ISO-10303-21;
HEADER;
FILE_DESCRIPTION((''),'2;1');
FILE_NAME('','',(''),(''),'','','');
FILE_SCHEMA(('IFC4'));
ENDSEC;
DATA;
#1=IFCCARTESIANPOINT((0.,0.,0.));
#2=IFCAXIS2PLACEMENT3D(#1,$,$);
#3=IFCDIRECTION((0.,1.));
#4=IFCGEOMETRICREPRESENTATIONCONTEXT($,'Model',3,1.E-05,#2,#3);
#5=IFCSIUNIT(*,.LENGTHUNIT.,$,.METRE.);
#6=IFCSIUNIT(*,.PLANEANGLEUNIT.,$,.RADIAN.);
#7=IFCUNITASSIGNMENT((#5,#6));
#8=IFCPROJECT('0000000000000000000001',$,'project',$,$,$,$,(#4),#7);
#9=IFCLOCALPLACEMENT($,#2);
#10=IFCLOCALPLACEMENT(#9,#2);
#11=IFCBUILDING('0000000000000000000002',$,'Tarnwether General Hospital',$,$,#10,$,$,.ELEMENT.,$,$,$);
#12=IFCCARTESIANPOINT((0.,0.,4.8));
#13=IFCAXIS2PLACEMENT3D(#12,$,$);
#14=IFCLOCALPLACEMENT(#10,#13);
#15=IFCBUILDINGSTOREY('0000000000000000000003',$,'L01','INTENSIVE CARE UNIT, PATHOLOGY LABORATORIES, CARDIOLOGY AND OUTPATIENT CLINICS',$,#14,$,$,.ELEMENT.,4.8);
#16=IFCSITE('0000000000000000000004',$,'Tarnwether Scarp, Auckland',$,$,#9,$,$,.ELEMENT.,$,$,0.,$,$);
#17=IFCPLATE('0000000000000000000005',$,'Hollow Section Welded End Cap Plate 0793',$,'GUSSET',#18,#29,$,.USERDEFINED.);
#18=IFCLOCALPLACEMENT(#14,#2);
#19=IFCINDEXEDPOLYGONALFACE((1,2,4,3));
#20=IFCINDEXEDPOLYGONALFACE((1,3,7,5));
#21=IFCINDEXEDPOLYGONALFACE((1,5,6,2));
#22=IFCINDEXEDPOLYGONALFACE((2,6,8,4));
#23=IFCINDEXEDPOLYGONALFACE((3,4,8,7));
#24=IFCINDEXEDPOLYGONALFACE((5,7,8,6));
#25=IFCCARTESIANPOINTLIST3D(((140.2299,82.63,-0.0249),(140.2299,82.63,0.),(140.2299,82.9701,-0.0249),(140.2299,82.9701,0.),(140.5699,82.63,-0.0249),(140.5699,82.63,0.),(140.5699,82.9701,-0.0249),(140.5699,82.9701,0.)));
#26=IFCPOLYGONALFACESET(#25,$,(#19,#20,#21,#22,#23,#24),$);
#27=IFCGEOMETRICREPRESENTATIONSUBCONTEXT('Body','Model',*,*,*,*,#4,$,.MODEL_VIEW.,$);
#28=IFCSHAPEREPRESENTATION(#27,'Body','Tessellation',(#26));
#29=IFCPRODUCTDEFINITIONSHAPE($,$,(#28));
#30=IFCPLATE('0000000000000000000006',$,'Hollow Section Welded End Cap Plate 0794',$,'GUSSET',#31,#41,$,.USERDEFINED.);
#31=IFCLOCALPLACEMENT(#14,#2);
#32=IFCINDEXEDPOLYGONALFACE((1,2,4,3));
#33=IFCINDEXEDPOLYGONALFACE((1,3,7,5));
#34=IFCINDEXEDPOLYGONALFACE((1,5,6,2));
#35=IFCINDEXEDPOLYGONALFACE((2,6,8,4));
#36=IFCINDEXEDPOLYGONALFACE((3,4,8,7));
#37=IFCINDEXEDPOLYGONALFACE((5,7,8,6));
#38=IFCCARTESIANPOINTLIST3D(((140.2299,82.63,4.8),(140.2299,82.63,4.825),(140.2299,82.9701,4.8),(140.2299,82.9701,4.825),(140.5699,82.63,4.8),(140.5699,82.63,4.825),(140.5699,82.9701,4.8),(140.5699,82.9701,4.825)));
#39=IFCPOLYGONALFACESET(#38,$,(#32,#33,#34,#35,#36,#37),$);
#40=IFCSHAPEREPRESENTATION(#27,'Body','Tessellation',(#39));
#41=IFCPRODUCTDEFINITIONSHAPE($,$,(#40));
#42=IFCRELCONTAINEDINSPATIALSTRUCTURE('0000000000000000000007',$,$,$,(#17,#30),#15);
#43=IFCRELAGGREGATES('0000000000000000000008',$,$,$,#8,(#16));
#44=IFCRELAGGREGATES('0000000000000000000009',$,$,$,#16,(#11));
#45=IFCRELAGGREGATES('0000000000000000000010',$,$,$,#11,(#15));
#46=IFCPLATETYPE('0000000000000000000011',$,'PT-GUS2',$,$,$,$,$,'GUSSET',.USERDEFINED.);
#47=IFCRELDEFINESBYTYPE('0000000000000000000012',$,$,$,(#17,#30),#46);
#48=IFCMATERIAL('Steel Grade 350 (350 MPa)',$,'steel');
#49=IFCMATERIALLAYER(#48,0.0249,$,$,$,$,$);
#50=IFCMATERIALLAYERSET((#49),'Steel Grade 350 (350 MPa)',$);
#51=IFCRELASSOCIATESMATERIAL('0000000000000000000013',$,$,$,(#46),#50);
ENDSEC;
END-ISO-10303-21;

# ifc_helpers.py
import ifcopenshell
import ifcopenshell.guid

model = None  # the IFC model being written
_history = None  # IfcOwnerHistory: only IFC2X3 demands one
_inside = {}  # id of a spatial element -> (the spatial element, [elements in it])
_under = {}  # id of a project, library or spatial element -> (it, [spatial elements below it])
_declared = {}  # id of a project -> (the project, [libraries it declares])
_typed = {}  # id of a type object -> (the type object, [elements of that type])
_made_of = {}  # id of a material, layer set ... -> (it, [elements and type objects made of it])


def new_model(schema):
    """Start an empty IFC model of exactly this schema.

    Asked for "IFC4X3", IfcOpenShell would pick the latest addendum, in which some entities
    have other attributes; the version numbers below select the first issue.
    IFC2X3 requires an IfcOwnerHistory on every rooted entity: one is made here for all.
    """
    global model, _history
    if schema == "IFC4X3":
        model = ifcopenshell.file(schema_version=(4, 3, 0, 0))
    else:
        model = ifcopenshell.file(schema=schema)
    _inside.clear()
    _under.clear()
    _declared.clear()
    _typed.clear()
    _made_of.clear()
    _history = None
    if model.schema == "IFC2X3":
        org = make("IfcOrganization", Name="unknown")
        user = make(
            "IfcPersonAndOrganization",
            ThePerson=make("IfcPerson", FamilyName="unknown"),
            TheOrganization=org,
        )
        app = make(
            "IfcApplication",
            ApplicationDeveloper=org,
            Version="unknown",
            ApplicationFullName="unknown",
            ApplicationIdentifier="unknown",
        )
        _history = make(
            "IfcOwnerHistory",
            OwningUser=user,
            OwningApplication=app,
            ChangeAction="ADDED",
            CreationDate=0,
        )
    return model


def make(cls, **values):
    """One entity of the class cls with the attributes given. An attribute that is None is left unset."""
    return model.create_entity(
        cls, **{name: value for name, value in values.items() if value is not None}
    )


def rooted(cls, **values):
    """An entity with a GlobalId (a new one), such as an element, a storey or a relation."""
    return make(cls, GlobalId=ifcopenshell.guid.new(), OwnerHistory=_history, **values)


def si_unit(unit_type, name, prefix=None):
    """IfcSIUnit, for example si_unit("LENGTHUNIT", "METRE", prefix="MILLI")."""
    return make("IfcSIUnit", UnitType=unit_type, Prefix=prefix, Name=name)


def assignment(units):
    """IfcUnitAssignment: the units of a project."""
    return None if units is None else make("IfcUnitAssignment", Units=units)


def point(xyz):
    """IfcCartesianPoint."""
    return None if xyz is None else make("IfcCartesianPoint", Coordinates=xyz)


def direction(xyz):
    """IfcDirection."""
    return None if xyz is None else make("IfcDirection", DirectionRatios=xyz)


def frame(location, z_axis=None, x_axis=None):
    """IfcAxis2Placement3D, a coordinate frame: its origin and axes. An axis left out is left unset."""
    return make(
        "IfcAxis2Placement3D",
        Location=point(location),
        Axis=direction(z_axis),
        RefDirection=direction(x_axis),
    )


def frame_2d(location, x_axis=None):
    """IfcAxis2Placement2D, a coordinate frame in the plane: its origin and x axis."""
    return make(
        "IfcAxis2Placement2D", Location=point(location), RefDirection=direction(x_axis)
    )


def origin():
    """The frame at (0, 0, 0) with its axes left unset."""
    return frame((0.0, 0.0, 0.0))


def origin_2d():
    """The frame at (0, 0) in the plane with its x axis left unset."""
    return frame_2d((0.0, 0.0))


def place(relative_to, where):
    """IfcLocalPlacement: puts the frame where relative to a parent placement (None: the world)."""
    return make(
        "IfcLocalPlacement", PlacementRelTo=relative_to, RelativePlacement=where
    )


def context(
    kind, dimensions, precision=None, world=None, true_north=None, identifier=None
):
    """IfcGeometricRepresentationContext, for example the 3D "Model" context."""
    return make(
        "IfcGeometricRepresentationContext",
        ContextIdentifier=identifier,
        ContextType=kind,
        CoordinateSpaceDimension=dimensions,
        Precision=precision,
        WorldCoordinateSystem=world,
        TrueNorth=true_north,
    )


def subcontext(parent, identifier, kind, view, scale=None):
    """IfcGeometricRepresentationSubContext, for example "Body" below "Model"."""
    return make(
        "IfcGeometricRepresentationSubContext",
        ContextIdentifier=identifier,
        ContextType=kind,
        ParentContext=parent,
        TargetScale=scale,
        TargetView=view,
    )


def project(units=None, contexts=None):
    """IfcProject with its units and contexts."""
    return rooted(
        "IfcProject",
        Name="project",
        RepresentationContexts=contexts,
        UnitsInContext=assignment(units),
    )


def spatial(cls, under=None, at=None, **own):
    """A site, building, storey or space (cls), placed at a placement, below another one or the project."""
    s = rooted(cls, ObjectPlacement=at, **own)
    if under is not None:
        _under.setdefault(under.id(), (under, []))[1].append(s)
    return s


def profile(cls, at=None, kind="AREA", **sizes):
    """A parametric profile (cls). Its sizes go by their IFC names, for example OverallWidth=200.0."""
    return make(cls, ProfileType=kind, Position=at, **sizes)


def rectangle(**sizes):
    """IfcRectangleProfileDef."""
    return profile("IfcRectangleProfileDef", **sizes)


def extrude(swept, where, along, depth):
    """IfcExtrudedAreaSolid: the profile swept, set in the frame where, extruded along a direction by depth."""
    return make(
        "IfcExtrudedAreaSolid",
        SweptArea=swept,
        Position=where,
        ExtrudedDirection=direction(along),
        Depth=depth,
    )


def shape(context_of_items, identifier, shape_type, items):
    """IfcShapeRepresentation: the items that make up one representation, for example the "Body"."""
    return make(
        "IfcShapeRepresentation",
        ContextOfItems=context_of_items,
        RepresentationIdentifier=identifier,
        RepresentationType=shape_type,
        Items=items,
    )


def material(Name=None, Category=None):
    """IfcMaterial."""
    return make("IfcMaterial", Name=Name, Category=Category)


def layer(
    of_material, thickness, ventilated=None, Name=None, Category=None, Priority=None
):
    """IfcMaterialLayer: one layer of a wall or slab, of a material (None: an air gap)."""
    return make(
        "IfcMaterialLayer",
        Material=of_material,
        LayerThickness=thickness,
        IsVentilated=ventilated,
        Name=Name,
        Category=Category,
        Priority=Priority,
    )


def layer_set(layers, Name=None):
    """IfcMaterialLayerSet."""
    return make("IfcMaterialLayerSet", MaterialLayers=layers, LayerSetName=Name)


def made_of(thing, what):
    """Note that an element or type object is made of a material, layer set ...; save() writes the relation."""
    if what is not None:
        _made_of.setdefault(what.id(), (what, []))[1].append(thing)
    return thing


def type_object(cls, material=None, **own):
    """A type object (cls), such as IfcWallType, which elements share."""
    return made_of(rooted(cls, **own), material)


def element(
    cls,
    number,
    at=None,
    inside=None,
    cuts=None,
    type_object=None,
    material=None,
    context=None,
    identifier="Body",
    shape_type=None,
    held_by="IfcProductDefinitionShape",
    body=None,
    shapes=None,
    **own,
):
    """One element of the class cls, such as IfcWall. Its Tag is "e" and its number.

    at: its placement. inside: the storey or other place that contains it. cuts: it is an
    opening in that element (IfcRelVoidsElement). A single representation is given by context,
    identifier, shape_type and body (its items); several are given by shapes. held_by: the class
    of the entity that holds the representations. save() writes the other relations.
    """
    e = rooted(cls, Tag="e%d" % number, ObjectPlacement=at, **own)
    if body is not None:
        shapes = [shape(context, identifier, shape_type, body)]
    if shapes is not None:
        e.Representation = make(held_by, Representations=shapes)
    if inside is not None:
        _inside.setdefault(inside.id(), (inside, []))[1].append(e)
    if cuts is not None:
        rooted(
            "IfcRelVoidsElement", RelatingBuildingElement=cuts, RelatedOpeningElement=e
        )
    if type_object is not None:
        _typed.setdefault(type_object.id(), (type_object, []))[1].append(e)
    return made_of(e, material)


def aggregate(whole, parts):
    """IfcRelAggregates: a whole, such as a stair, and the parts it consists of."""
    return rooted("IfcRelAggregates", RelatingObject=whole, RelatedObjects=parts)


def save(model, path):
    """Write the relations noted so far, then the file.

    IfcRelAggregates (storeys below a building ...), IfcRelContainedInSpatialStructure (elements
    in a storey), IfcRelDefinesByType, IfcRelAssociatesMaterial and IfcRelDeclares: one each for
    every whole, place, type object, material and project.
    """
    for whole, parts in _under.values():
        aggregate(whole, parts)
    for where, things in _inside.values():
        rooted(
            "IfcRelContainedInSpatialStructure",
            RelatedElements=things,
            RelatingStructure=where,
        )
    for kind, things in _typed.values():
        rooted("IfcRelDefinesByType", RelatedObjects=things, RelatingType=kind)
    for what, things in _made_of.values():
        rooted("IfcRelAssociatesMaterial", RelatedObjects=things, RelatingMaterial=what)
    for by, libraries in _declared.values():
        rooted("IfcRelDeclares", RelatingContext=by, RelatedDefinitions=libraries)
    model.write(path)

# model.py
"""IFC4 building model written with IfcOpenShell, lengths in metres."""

from ifc_helpers import new_model, si_unit, direction, frame, origin, origin_2d, place, context, subcontext, project, spatial, rectangle, extrude, material, layer, layer_set, type_object, element, save


model = new_model("IFC4")

# Units and contexts
model_context = context("Model", 3, precision=1e-05, world=origin(), true_north=direction((0.0, 1.0)))
body_context = subcontext(model_context, "Body", "Model", "MODEL_VIEW")
ifc_project = project(units=[si_unit("LENGTHUNIT", "METRE"), si_unit("PLANEANGLEUNIT", "RADIAN")], contexts=[model_context])

# Site, building, storey
site_placement = place(None, origin())
site = spatial("IfcSite", under=ifc_project, at=site_placement, Name="Tarnwether Scarp, Auckland", CompositionType="ELEMENT", RefElevation=0.0)
building_placement = place(site_placement, origin())
building = spatial("IfcBuilding", under=site, at=building_placement, Name="Tarnwether General Hospital", CompositionType="ELEMENT")
storey_placement = place(building_placement, frame((0.0, 0.0, 4.8)))
storey = spatial("IfcBuildingStorey", under=building, at=storey_placement, Name="L01", Description="INTENSIVE CARE UNIT, PATHOLOGY LABORATORIES, CARDIOLOGY AND OUTPATIENT CLINICS", CompositionType="ELEMENT", Elevation=4.8)

# Plates
ifc_material_1 = material(Name="Steel Grade 350 (350 MPa)", Category="steel")
ifc_layer_1 = layer(ifc_material_1, 0.0249)
ifc_layer_set_1 = layer_set([ifc_layer_1], Name="Steel Grade 350 (350 MPa)")
plate_type_1 = type_object("IfcPlateType", Name="PT-GUS2", ElementType="GUSSET", PredefinedType="USERDEFINED", material=ifc_layer_set_1)
for number, where, z_axis, x_axis, name in (
    (1, (140.3999, 82.8, -0.0249), (0.0, 0.0, 1.0), (1.0, 0.0, 0.0), "Hollow Section Welded End Cap Plate 0793"),
    (2, (140.3999, 82.8, 4.8), (0.0, 0.0, 1.0), (1.0, 0.0, 0.0), "Hollow Section Welded End Cap Plate 0794"),
):
    element("IfcPlate", number, at=place(storey_placement, frame(where, z_axis=z_axis, x_axis=x_axis)), inside=storey, type_object=plate_type_1, Name=name, ObjectType="GUSSET", PredefinedType="USERDEFINED", context=body_context, shape_type="SweptSolid", body=[
        extrude(rectangle(XDim=0.3401, YDim=0.3401, at=origin_2d()), origin(), (0.0, 0.0, 1.0), 0.0249),
    ])

save(model, "model.ifc")
